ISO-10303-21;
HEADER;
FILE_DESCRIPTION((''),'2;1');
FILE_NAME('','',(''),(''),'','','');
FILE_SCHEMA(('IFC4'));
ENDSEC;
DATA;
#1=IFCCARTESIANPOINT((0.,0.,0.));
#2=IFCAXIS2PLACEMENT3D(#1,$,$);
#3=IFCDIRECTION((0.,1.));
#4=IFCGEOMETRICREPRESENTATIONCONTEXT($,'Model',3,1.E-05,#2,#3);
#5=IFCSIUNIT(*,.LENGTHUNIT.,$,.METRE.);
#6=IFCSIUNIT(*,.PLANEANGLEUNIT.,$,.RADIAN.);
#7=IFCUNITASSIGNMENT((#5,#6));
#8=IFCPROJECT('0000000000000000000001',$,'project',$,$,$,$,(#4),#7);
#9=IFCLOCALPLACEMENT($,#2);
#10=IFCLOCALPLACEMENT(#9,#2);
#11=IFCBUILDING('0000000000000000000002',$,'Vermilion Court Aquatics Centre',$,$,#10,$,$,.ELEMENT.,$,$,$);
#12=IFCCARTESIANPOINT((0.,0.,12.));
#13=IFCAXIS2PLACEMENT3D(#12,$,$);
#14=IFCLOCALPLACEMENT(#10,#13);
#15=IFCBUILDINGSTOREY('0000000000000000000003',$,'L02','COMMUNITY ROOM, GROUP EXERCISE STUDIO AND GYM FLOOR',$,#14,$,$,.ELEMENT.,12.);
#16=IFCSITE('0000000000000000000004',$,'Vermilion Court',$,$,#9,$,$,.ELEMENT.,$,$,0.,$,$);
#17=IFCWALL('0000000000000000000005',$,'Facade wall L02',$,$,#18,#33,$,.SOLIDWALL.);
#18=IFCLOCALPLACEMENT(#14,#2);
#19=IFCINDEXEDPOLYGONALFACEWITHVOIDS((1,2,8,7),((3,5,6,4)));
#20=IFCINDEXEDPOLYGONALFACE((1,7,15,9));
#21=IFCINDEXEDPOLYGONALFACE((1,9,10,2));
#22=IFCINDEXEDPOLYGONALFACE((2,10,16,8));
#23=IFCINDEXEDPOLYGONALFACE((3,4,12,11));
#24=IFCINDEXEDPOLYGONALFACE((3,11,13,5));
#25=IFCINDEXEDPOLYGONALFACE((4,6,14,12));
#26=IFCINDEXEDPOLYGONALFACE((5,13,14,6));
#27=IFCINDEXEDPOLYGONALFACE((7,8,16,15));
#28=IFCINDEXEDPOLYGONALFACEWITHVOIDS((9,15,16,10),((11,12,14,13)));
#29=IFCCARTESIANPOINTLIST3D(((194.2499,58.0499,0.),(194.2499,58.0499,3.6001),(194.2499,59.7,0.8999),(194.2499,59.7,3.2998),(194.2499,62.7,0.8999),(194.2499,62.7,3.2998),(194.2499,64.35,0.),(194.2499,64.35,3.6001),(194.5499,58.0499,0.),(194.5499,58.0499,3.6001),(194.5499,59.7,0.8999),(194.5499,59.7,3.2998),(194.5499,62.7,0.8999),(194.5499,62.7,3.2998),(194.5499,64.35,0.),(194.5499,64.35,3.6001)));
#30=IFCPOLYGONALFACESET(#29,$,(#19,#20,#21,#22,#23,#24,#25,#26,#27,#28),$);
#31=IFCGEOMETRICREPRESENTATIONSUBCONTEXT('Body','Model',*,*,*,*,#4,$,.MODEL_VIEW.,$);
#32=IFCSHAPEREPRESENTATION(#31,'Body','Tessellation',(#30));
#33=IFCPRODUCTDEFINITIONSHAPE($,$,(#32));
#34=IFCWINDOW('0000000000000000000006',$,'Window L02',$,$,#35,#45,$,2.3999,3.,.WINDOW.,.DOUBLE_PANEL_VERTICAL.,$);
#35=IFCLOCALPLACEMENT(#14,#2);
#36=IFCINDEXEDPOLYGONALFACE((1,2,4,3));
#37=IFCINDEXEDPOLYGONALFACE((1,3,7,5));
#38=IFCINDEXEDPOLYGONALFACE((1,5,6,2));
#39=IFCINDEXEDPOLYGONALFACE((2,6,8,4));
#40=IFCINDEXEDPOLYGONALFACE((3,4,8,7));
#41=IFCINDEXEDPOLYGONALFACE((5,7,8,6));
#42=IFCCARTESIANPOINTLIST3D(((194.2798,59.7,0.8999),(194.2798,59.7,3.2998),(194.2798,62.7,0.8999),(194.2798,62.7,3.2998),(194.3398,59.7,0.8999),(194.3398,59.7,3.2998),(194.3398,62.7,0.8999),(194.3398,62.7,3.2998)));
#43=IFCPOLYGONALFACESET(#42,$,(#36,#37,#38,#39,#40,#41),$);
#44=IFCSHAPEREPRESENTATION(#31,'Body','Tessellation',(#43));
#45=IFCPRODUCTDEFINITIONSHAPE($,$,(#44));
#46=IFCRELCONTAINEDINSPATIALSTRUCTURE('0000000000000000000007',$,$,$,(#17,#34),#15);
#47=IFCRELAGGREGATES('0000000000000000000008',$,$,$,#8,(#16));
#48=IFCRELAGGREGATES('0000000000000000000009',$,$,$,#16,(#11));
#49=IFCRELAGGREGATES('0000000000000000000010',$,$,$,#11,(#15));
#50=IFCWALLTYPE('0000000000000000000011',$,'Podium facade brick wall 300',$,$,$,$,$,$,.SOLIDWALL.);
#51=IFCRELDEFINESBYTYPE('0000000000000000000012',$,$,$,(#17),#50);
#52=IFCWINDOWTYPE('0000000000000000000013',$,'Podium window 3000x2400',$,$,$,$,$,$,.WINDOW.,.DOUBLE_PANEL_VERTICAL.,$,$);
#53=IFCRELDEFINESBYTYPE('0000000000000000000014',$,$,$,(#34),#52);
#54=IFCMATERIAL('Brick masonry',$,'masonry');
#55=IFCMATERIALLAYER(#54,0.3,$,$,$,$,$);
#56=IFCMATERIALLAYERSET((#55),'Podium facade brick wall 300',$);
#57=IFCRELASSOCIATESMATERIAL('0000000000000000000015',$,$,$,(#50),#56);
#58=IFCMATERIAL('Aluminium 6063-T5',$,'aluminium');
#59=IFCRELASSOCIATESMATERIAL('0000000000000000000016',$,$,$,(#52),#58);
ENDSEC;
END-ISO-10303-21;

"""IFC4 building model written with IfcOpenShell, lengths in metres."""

from ifc_helpers import new_model, si_unit, direction, frame, frame_2d, origin, place, context, subcontext, project, spatial, rectangle, extrude, material, layer, layer_set, type_object, element, fill, save


model = new_model("IFC4")

# Units and contexts
model_context = context("Model", 3, precision=1e-05, world=origin(), true_north=direction((0.0, 1.0)))
body_context = subcontext(model_context, "Body", "Model", "MODEL_VIEW")
ifc_project = project(units=[si_unit("LENGTHUNIT", "METRE"), si_unit("PLANEANGLEUNIT", "RADIAN")], contexts=[model_context])

# Site, building, storey
site_placement = place(None, origin())
site = spatial("IfcSite", under=ifc_project, at=site_placement, Name="Vermilion Court", CompositionType="ELEMENT", RefElevation=0.0)
building_placement = place(site_placement, origin())
building = spatial("IfcBuilding", under=site, at=building_placement, Name="Vermilion Court Aquatics Centre", CompositionType="ELEMENT")
storey_placement = place(building_placement, frame((0.0, 0.0, 12.0)))
storey = spatial("IfcBuildingStorey", under=building, at=storey_placement, Name="L02", Description="COMMUNITY ROOM, GROUP EXERCISE STUDIO AND GYM FLOOR", CompositionType="ELEMENT", Elevation=12.0)

# Wall, opening, window
ifc_material_1 = material(Name="Brick masonry", Category="masonry")
ifc_layer = layer(ifc_material_1, 0.3)
ifc_layer_set = layer_set([ifc_layer], Name="Podium facade brick wall 300")
wall_type = type_object("IfcWallType", Name="Podium facade brick wall 300", PredefinedType="SOLIDWALL", material=ifc_layer_set)
ifc_material_2 = material(Name="Aluminium 6063-T5", Category="aluminium")
window_type = type_object("IfcWindowType", Name="Podium window 3000x2400", PartitioningType="DOUBLE_PANEL_VERTICAL", PredefinedType="WINDOW", material=ifc_material_2)
wall_1_placement = place(storey_placement, frame((194.3999, 58.05, 0.0), z_axis=(0.0, 0.0, 1.0), x_axis=(0.0, 1.0, 0.0)))
wall_1 = element("IfcWall", 1, at=wall_1_placement, inside=storey, type_object=wall_type, Name="Facade wall L02", PredefinedType="SOLIDWALL", context=body_context, shape_type="SweptSolid", body=[
    extrude(rectangle(XDim=6.3, YDim=0.3, at=frame_2d((3.1499, 0.0))), origin(), (0.0, 0.0, 1.0), 3.6001),
])
opening_1_placement = place(wall_1_placement, frame((1.6499, 0.0, 0.8999)))
opening_1 = element("IfcOpeningElement", 2, at=opening_1_placement, cuts=wall_1, PredefinedType="OPENING", context=body_context, shape_type="SweptSolid", body=[
    extrude(rectangle(XDim=3.0, YDim=2.3999, at=frame_2d((1.5, 1.2))), frame((0.0, 0.1599, 0.0), z_axis=(0.0, -1.0, 0.0), x_axis=(1.0, 0.0, 0.0)), (0.0, 0.0, 1.0), 0.3201),
])
window_1_placement = place(opening_1_placement, origin())
window_1 = element("IfcWindow", 3, at=window_1_placement, inside=storey, type_object=window_type, Name="Window L02", OverallHeight=2.3999, OverallWidth=3.0, PartitioningType="DOUBLE_PANEL_VERTICAL", PredefinedType="WINDOW", context=body_context, shape_type="SweptSolid", body=[
    extrude(rectangle(XDim=3.0, YDim=2.3999, at=frame_2d((1.5, 1.2))), frame((0.0, 0.1201, 0.0), z_axis=(0.0, -1.0, 0.0), x_axis=(1.0, 0.0, 0.0)), (0.0, 0.0, 1.0), 0.0601),
])
fill(opening_1, window_1)

save(model, "model.ifc")
